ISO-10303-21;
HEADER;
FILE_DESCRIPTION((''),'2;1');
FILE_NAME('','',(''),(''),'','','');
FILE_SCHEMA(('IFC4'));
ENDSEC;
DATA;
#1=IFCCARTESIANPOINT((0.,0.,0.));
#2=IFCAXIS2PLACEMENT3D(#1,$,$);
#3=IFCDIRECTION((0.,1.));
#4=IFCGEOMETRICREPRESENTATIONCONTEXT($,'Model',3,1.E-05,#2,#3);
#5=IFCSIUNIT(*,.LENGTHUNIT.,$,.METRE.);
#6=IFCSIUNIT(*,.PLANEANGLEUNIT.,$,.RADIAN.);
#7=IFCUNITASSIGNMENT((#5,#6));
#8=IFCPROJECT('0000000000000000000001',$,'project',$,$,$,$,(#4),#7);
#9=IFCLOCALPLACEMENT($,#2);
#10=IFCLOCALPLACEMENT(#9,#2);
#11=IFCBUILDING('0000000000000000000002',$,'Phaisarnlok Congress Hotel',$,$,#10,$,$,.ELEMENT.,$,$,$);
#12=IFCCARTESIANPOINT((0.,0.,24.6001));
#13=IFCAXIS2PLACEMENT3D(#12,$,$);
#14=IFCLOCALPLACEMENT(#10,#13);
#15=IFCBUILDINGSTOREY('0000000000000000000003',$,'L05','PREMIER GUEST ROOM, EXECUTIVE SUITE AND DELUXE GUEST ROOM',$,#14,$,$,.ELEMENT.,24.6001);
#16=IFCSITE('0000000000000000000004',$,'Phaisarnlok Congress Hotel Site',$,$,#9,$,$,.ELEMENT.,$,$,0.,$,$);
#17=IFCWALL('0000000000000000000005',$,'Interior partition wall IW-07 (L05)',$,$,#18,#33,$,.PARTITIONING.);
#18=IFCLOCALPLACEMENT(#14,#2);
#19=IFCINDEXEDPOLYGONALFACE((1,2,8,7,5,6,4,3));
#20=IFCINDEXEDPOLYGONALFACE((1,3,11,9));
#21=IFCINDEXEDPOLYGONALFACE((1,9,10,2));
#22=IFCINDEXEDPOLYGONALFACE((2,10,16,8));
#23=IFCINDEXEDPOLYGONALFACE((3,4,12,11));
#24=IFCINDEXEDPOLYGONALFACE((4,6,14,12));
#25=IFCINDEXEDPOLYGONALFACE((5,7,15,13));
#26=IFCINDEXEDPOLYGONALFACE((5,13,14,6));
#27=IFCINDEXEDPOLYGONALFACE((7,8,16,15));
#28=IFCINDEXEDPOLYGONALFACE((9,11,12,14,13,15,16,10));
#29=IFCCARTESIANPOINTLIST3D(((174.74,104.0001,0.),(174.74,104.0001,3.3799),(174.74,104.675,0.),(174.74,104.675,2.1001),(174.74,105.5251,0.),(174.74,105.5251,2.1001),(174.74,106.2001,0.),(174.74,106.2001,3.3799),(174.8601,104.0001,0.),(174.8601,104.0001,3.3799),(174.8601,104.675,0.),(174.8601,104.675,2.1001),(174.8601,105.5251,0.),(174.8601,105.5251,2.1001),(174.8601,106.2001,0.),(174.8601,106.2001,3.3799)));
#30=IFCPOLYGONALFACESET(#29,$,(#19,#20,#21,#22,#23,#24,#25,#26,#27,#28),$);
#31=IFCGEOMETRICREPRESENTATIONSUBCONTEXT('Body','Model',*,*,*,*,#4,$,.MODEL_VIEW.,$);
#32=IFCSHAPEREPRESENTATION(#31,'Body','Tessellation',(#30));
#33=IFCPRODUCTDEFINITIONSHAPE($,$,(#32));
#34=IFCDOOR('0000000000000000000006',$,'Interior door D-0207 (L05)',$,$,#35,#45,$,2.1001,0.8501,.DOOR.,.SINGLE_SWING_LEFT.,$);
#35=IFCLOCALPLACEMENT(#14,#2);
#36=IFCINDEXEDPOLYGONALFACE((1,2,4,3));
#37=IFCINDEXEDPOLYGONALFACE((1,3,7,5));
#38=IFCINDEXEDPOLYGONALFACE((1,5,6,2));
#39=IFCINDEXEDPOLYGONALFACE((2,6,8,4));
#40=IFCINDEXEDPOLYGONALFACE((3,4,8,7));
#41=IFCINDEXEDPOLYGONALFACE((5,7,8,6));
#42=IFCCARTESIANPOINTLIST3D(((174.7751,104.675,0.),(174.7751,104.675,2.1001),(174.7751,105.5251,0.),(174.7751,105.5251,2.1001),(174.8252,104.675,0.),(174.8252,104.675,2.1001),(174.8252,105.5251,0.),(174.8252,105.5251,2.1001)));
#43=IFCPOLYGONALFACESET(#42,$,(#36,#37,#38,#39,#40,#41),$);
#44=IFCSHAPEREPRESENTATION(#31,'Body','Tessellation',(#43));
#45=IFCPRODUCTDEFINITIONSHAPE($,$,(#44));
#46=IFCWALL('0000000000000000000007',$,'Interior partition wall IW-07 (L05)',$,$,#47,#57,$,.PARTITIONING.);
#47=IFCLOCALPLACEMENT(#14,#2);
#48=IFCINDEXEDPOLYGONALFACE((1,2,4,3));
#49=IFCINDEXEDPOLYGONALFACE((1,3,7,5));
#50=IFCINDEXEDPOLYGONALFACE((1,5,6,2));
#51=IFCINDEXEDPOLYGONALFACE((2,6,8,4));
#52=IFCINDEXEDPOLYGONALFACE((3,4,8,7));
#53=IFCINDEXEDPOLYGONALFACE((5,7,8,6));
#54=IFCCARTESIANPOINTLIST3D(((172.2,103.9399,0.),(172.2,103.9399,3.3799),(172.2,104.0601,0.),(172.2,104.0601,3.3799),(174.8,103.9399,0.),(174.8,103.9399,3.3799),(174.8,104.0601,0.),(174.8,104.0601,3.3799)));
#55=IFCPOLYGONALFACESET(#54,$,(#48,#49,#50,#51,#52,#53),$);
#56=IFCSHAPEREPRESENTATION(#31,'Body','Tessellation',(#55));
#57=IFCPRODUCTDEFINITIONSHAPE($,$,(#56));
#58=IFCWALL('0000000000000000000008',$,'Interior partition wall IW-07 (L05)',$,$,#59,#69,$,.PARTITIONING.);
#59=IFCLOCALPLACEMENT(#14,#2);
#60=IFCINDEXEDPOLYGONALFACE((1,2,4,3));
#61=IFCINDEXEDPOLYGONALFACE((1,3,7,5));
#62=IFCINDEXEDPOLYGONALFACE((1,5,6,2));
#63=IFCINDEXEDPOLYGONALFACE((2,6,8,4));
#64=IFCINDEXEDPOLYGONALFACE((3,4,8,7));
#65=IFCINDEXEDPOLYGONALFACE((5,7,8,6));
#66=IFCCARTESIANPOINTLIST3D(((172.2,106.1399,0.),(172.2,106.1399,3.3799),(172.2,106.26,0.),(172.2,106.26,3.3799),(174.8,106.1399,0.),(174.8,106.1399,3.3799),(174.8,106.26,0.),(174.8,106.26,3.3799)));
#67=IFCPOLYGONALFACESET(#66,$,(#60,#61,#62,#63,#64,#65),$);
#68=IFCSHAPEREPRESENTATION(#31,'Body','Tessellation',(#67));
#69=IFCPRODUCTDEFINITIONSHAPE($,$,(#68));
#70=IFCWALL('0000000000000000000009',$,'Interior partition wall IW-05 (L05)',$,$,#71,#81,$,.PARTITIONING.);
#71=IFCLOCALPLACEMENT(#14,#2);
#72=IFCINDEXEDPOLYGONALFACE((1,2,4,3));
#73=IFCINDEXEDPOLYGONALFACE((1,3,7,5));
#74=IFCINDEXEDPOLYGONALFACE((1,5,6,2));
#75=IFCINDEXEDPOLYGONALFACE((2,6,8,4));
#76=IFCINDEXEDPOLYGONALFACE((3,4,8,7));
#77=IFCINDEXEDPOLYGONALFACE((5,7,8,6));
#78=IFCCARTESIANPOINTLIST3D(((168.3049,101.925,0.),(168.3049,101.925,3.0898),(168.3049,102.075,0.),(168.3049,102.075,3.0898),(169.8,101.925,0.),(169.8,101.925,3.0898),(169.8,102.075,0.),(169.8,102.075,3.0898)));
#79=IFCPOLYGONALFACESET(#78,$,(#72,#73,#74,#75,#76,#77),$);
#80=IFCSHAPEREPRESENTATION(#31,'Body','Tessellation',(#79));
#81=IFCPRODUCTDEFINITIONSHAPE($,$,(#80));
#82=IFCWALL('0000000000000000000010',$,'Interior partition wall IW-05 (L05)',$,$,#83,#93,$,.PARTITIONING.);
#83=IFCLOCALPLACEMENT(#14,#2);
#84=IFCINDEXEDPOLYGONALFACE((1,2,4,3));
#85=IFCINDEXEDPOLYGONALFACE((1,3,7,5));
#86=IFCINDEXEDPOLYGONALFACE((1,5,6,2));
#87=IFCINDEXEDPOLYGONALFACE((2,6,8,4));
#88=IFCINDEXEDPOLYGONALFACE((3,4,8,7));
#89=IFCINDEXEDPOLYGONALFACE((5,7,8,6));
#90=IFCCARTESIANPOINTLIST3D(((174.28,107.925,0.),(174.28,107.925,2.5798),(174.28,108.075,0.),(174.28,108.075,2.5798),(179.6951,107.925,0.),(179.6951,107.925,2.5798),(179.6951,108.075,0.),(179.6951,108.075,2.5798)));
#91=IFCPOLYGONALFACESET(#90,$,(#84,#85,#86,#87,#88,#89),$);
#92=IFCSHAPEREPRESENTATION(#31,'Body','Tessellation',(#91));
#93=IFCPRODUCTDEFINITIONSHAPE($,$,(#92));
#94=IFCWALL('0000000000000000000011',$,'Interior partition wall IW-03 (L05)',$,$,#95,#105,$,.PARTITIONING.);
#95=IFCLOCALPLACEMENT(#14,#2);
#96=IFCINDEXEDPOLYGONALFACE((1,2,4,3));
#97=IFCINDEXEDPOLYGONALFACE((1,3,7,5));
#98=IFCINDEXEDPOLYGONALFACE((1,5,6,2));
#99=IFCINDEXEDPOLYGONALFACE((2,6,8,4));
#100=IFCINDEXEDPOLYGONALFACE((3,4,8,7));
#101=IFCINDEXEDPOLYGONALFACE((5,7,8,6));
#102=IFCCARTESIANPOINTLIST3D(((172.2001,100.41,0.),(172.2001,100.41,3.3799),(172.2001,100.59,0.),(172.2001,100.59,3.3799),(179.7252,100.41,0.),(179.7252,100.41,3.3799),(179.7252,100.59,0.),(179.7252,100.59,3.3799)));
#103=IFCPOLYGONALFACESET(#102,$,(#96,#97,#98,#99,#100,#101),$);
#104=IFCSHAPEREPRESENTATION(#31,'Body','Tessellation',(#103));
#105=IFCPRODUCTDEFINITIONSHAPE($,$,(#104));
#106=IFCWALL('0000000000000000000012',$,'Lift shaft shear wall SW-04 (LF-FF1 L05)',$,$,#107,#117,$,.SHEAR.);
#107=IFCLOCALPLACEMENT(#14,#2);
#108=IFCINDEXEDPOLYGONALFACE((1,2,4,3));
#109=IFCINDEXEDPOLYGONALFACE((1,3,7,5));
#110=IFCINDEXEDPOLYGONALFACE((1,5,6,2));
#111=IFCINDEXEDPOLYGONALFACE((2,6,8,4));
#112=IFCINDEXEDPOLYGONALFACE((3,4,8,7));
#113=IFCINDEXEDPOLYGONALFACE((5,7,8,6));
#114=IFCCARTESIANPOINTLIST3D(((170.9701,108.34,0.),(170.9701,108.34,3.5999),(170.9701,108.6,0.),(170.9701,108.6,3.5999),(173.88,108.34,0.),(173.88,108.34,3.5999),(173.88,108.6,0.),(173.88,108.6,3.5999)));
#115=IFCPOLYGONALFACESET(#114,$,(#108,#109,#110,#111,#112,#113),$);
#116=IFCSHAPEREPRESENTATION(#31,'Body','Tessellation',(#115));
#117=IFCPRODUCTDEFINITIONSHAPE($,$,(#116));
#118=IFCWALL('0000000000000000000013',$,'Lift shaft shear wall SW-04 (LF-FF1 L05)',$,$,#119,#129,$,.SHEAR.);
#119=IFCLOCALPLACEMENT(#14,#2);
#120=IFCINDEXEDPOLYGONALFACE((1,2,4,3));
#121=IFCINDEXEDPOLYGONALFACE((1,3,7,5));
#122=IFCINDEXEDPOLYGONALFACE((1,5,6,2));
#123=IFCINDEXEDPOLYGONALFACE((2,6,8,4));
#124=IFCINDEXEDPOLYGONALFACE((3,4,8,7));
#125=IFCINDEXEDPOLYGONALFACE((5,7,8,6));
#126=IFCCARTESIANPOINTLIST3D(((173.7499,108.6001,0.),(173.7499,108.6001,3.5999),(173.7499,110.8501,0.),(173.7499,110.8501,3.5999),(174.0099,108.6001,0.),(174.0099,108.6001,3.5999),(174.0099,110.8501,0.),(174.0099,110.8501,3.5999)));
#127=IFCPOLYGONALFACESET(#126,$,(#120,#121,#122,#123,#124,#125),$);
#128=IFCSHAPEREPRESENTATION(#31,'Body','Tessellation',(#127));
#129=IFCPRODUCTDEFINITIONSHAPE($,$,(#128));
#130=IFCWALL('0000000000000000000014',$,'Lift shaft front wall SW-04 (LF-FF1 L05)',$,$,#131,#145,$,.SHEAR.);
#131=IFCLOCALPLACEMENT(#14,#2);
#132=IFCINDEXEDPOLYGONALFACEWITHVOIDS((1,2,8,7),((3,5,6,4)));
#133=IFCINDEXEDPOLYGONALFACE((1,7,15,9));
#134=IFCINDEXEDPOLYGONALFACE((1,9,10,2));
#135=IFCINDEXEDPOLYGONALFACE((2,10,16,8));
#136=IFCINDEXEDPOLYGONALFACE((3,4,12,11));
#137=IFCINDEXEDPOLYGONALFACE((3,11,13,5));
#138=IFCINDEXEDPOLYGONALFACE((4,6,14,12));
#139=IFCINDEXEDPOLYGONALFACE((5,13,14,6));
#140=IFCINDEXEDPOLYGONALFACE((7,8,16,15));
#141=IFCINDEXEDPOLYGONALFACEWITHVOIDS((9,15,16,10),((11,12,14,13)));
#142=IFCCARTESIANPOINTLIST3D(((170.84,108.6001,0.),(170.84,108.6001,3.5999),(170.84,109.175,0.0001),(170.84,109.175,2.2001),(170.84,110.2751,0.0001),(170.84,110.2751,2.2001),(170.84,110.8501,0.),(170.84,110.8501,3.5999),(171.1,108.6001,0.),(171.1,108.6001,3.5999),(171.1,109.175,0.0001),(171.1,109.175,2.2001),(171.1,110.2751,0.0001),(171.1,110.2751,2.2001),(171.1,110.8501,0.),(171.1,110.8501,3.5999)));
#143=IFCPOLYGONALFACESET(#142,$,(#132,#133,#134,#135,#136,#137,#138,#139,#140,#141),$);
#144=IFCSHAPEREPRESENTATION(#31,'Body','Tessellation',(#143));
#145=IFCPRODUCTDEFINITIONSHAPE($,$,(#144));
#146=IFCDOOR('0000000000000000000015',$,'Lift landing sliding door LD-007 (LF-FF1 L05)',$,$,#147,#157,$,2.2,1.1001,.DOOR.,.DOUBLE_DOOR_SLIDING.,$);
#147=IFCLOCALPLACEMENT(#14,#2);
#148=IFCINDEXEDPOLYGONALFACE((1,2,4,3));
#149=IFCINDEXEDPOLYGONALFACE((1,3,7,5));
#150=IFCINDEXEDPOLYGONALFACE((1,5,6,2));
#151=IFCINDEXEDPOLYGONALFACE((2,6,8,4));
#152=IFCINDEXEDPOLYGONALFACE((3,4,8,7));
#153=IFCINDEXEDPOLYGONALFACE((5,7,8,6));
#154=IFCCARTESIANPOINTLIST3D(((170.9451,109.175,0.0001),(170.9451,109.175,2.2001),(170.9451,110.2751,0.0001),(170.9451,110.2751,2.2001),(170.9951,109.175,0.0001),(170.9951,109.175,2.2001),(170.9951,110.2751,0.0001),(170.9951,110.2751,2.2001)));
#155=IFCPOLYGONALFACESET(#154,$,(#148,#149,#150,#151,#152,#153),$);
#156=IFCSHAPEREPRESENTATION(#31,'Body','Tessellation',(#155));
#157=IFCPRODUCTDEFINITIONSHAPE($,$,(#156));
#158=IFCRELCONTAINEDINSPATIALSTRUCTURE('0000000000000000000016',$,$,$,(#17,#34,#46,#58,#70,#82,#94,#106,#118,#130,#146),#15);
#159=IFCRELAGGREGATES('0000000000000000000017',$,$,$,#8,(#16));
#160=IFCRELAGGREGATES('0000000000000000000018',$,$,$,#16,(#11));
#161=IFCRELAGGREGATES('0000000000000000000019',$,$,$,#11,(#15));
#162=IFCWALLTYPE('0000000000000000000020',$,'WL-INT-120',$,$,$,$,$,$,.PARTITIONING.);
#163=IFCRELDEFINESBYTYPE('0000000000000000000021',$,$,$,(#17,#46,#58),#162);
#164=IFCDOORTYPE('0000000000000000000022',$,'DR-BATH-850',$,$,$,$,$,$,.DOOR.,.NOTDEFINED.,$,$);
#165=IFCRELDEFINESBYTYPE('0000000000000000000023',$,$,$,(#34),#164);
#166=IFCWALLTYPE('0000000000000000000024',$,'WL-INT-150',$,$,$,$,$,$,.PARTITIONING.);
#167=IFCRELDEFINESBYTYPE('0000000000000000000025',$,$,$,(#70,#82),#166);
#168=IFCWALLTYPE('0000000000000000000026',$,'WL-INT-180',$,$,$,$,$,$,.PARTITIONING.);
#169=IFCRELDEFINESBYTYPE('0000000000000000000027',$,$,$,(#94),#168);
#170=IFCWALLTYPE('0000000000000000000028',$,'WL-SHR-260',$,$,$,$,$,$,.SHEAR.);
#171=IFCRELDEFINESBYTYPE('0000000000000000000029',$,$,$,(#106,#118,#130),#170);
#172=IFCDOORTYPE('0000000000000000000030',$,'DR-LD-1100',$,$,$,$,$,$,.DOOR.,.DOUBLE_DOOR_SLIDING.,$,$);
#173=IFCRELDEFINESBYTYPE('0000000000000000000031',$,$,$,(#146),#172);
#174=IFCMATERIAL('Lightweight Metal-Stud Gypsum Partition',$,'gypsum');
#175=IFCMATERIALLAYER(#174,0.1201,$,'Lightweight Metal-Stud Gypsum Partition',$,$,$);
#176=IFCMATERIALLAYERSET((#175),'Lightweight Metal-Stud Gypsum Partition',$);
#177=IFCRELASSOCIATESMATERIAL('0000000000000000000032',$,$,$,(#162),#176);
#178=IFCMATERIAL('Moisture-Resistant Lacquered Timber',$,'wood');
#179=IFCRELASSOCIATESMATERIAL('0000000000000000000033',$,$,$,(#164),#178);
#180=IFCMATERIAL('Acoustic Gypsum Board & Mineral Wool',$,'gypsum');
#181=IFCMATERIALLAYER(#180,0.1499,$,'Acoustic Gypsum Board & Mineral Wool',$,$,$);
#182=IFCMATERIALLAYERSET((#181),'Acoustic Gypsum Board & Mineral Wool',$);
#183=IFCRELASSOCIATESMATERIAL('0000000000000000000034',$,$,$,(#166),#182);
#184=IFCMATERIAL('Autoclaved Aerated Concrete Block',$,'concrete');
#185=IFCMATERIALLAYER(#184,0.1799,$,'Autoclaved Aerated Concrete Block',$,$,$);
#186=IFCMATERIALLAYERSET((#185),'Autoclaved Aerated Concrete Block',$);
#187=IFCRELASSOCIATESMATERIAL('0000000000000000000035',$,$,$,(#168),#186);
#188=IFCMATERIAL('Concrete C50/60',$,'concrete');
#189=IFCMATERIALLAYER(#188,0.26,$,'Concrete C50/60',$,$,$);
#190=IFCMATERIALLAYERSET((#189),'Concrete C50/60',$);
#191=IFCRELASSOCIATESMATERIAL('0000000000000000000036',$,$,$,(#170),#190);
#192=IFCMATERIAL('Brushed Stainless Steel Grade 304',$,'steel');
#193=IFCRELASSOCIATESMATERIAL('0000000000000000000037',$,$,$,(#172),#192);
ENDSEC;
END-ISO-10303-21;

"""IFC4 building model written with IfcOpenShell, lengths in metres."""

from ifc_helpers import new_model, si_unit, direction, frame, frame_2d, origin, place, context, subcontext, project, spatial, rectangle, extrude, material, layer, layer_set, type_object, element, fill, save


model = new_model("IFC4")

# Units and contexts
model_context = context("Model", 3, precision=1e-05, world=origin(), true_north=direction((0.0, 1.0)))
body_context = subcontext(model_context, "Body", "Model", "MODEL_VIEW")
ifc_project = project(units=[si_unit("LENGTHUNIT", "METRE"), si_unit("PLANEANGLEUNIT", "RADIAN")], contexts=[model_context])

# Site, building, storey
site_placement = place(None, origin())
site = spatial("IfcSite", under=ifc_project, at=site_placement, Name="Phaisarnlok Congress Hotel Site", CompositionType="ELEMENT", RefElevation=0.0)
building_placement = place(site_placement, origin())
building = spatial("IfcBuilding", under=site, at=building_placement, Name="Phaisarnlok Congress Hotel", CompositionType="ELEMENT")
storey_placement = place(building_placement, frame((0.0, 0.0, 24.6001)))
storey = spatial("IfcBuildingStorey", under=building, at=storey_placement, Name="L05", Description="PREMIER GUEST ROOM, EXECUTIVE SUITE AND DELUXE GUEST ROOM", CompositionType="ELEMENT", Elevation=24.6001)

# Shared definitions
ifc_material_1 = material(Name="Concrete C50/60", Category="concrete")

# Wall, opening, door
ifc_material_2 = material(Name="Lightweight Metal-Stud Gypsum Partition", Category="gypsum")
ifc_layer_1 = layer(ifc_material_2, 0.1201, Name="Lightweight Metal-Stud Gypsum Partition")
ifc_layer_set_1 = layer_set([ifc_layer_1], Name="Lightweight Metal-Stud Gypsum Partition")
wall_type_1 = type_object("IfcWallType", Name="WL-INT-120", PredefinedType="PARTITIONING", material=ifc_layer_set_1)
wall_1_placement = place(storey_placement, frame((174.8, 104.0, 0.0), z_axis=(0.0, 0.0, 1.0), x_axis=(0.0, 1.0, 0.0)))
wall_1 = element("IfcWall", 1, at=wall_1_placement, inside=storey, type_object=wall_type_1, Name="Interior partition wall IW-07 (L05)", PredefinedType="PARTITIONING", context=body_context, shape_type="SweptSolid", body=[
    extrude(rectangle(XDim=2.2, YDim=0.1201, at=frame_2d((1.1001, 0.0))), origin(), (0.0, 0.0, 1.0), 3.3799),
])
opening_1_placement = place(wall_1_placement, frame((0.675, 0.0, 0.0)))
opening_1 = element("IfcOpeningElement", 2, at=opening_1_placement, cuts=wall_1, PredefinedType="OPENING", context=body_context, shape_type="SweptSolid", body=[
    extrude(rectangle(XDim=0.8501, YDim=2.1001, at=frame_2d((0.425, 1.05))), frame((0.0, 0.0701, 0.0), z_axis=(0.0, -1.0, 0.0), x_axis=(1.0, 0.0, 0.0)), (0.0, 0.0, 1.0), 0.1401),
])
ifc_material_3 = material(Name="Moisture-Resistant Lacquered Timber", Category="wood")
door_type_1 = type_object("IfcDoorType", Name="DR-BATH-850", OperationType="NOTDEFINED", PredefinedType="DOOR", material=ifc_material_3)
door_1_placement = place(opening_1_placement, origin())
door_1 = element("IfcDoor", 3, at=door_1_placement, inside=storey, type_object=door_type_1, Name="Interior door D-0207 (L05)", OperationType="SINGLE_SWING_LEFT", OverallHeight=2.1001, OverallWidth=0.8501, PredefinedType="DOOR", context=body_context, shape_type="SweptSolid", body=[
    extrude(rectangle(XDim=0.8501, YDim=2.1001, at=frame_2d((0.425, 1.05))), frame((0.0, 0.0249, 0.0), z_axis=(0.0, -1.0, 0.0), x_axis=(1.0, 0.0, 0.0)), (0.0, 0.0, 1.0), 0.05),
])
fill(opening_1, door_1)

# Walls
for number, where, z_axis, x_axis, name in (
    (4, (172.2, 104.0, 0.0), (0.0, 0.0, 1.0), (1.0, 0.0, 0.0), "Interior partition wall IW-07 (L05)"),
    (5, (172.2, 106.2, 0.0), (0.0, 0.0, 1.0), (1.0, 0.0, 0.0), "Interior partition wall IW-07 (L05)"),
):
    element("IfcWall", number, at=place(storey_placement, frame(where, z_axis=z_axis, x_axis=x_axis)), inside=storey, type_object=wall_type_1, Name=name, PredefinedType="PARTITIONING", context=body_context, shape_type="SweptSolid", body=[
        extrude(rectangle(XDim=2.6001, YDim=0.1201, at=frame_2d((1.3, 0.0))), origin(), (0.0, 0.0, 1.0), 3.3799),
    ])
ifc_material_4 = material(Name="Acoustic Gypsum Board & Mineral Wool", Category="gypsum")
ifc_layer_2 = layer(ifc_material_4, 0.1499, Name="Acoustic Gypsum Board & Mineral Wool")
ifc_layer_set_2 = layer_set([ifc_layer_2], Name="Acoustic Gypsum Board & Mineral Wool")
wall_type_2 = type_object("IfcWallType", Name="WL-INT-150", PredefinedType="PARTITIONING", material=ifc_layer_set_2)
wall_2_placement = place(storey_placement, frame((168.3049, 102.0, 0.0), z_axis=(0.0, 0.0, 1.0), x_axis=(1.0, 0.0, 0.0)))
element("IfcWall", 6, at=wall_2_placement, inside=storey, type_object=wall_type_2, Name="Interior partition wall IW-05 (L05)", PredefinedType="PARTITIONING", context=body_context, shape_type="SweptSolid", body=[
    extrude(rectangle(XDim=1.4951, YDim=0.1499, at=frame_2d((0.7476, 0.0))), origin(), (0.0, 0.0, 1.0), 3.0898),
])
wall_3_placement = place(storey_placement, frame((174.28, 108.0, 0.0), z_axis=(0.0, 0.0, 1.0), x_axis=(1.0, 0.0, 0.0)))
element("IfcWall", 7, at=wall_3_placement, inside=storey, type_object=wall_type_2, Name="Interior partition wall IW-05 (L05)", PredefinedType="PARTITIONING", context=body_context, shape_type="SweptSolid", body=[
    extrude(rectangle(XDim=5.415, YDim=0.1499, at=frame_2d((2.7075, 0.0))), origin(), (0.0, 0.0, 1.0), 2.5798),
])
ifc_material_5 = material(Name="Autoclaved Aerated Concrete Block", Category="concrete")
ifc_layer_3 = layer(ifc_material_5, 0.1799, Name="Autoclaved Aerated Concrete Block")
ifc_layer_set_3 = layer_set([ifc_layer_3], Name="Autoclaved Aerated Concrete Block")
wall_type_3 = type_object("IfcWallType", Name="WL-INT-180", PredefinedType="PARTITIONING", material=ifc_layer_set_3)
wall_4_placement = place(storey_placement, frame((172.2, 100.5, 0.0), z_axis=(0.0, 0.0, 1.0), x_axis=(1.0, 0.0, 0.0)))
element("IfcWall", 8, at=wall_4_placement, inside=storey, type_object=wall_type_3, Name="Interior partition wall IW-03 (L05)", PredefinedType="PARTITIONING", context=body_context, shape_type="SweptSolid", body=[
    extrude(rectangle(XDim=7.5251, YDim=0.1799, at=frame_2d((3.7627, 0.0))), origin(), (0.0, 0.0, 1.0), 3.3799),
])
ifc_layer_4 = layer(ifc_material_1, 0.26, Name="Concrete C50/60")
ifc_layer_set_4 = layer_set([ifc_layer_4], Name="Concrete C50/60")
wall_type_4 = type_object("IfcWallType", Name="WL-SHR-260", PredefinedType="SHEAR", material=ifc_layer_set_4)
wall_5_placement = place(storey_placement, frame((170.97, 108.47, 0.0), z_axis=(0.0, 0.0, 1.0), x_axis=(1.0, 0.0, 0.0)))
element("IfcWall", 9, at=wall_5_placement, inside=storey, type_object=wall_type_4, Name="Lift shaft shear wall SW-04 (LF-FF1 L05)", PredefinedType="SHEAR", context=body_context, shape_type="SweptSolid", body=[
    extrude(rectangle(XDim=2.9099, YDim=0.26, at=frame_2d((1.4551, 0.0))), origin(), (0.0, 0.0, 1.0), 3.5999),
])
wall_6_placement = place(storey_placement, frame((173.8799, 108.6001, 0.0), z_axis=(0.0, 0.0, 1.0), x_axis=(0.0, 1.0, 0.0)))
element("IfcWall", 10, at=wall_6_placement, inside=storey, type_object=wall_type_4, Name="Lift shaft shear wall SW-04 (LF-FF1 L05)", PredefinedType="SHEAR", context=body_context, shape_type="SweptSolid", body=[
    extrude(rectangle(XDim=2.25, YDim=0.26, at=frame_2d((1.125, 0.0))), origin(), (0.0, 0.0, 1.0), 3.5999),
])

# Wall, opening, door
wall_7_placement = place(storey_placement, frame((170.97, 108.6001, 0.0), z_axis=(0.0, 0.0, 1.0), x_axis=(0.0, 1.0, 0.0)))
wall_7 = element("IfcWall", 11, at=wall_7_placement, inside=storey, type_object=wall_type_4, Name="Lift shaft front wall SW-04 (LF-FF1 L05)", PredefinedType="SHEAR", context=body_context, shape_type="SweptSolid", body=[
    extrude(rectangle(XDim=2.25, YDim=0.26, at=frame_2d((1.125, 0.0))), origin(), (0.0, 0.0, 1.0), 3.5999),
])
opening_2_placement = place(wall_7_placement, frame((0.575, 0.0, 0.0)))
opening_2 = element("IfcOpeningElement", 12, at=opening_2_placement, cuts=wall_7, PredefinedType="OPENING", context=body_context, shape_type="SweptSolid", body=[
    extrude(rectangle(XDim=1.1001, YDim=2.2, at=frame_2d((0.55, 1.1001))), frame((0.0, 0.1401, 0.0), z_axis=(0.0, -1.0, 0.0), x_axis=(1.0, 0.0, 0.0)), (0.0, 0.0, 1.0), 0.28),
])
ifc_material_6 = material(Name="Brushed Stainless Steel Grade 304", Category="steel")
door_type_2 = type_object("IfcDoorType", Name="DR-LD-1100", OperationType="DOUBLE_DOOR_SLIDING", PredefinedType="DOOR", material=ifc_material_6)
door_2_placement = place(opening_2_placement, origin())
door_2 = element("IfcDoor", 13, at=door_2_placement, inside=storey, type_object=door_type_2, Name="Lift landing sliding door LD-007 (LF-FF1 L05)", OperationType="DOUBLE_DOOR_SLIDING", OverallHeight=2.2, OverallWidth=1.1001, PredefinedType="DOOR", context=body_context, shape_type="SweptSolid", body=[
    extrude(rectangle(XDim=1.1001, YDim=2.2, at=frame_2d((0.55, 1.1001))), frame((0.0, 0.0249, 0.0), z_axis=(0.0, -1.0, 0.0), x_axis=(1.0, 0.0, 0.0)), (0.0, 0.0, 1.0), 0.05),
])
fill(opening_2, door_2)

save(model, "model.ifc")
